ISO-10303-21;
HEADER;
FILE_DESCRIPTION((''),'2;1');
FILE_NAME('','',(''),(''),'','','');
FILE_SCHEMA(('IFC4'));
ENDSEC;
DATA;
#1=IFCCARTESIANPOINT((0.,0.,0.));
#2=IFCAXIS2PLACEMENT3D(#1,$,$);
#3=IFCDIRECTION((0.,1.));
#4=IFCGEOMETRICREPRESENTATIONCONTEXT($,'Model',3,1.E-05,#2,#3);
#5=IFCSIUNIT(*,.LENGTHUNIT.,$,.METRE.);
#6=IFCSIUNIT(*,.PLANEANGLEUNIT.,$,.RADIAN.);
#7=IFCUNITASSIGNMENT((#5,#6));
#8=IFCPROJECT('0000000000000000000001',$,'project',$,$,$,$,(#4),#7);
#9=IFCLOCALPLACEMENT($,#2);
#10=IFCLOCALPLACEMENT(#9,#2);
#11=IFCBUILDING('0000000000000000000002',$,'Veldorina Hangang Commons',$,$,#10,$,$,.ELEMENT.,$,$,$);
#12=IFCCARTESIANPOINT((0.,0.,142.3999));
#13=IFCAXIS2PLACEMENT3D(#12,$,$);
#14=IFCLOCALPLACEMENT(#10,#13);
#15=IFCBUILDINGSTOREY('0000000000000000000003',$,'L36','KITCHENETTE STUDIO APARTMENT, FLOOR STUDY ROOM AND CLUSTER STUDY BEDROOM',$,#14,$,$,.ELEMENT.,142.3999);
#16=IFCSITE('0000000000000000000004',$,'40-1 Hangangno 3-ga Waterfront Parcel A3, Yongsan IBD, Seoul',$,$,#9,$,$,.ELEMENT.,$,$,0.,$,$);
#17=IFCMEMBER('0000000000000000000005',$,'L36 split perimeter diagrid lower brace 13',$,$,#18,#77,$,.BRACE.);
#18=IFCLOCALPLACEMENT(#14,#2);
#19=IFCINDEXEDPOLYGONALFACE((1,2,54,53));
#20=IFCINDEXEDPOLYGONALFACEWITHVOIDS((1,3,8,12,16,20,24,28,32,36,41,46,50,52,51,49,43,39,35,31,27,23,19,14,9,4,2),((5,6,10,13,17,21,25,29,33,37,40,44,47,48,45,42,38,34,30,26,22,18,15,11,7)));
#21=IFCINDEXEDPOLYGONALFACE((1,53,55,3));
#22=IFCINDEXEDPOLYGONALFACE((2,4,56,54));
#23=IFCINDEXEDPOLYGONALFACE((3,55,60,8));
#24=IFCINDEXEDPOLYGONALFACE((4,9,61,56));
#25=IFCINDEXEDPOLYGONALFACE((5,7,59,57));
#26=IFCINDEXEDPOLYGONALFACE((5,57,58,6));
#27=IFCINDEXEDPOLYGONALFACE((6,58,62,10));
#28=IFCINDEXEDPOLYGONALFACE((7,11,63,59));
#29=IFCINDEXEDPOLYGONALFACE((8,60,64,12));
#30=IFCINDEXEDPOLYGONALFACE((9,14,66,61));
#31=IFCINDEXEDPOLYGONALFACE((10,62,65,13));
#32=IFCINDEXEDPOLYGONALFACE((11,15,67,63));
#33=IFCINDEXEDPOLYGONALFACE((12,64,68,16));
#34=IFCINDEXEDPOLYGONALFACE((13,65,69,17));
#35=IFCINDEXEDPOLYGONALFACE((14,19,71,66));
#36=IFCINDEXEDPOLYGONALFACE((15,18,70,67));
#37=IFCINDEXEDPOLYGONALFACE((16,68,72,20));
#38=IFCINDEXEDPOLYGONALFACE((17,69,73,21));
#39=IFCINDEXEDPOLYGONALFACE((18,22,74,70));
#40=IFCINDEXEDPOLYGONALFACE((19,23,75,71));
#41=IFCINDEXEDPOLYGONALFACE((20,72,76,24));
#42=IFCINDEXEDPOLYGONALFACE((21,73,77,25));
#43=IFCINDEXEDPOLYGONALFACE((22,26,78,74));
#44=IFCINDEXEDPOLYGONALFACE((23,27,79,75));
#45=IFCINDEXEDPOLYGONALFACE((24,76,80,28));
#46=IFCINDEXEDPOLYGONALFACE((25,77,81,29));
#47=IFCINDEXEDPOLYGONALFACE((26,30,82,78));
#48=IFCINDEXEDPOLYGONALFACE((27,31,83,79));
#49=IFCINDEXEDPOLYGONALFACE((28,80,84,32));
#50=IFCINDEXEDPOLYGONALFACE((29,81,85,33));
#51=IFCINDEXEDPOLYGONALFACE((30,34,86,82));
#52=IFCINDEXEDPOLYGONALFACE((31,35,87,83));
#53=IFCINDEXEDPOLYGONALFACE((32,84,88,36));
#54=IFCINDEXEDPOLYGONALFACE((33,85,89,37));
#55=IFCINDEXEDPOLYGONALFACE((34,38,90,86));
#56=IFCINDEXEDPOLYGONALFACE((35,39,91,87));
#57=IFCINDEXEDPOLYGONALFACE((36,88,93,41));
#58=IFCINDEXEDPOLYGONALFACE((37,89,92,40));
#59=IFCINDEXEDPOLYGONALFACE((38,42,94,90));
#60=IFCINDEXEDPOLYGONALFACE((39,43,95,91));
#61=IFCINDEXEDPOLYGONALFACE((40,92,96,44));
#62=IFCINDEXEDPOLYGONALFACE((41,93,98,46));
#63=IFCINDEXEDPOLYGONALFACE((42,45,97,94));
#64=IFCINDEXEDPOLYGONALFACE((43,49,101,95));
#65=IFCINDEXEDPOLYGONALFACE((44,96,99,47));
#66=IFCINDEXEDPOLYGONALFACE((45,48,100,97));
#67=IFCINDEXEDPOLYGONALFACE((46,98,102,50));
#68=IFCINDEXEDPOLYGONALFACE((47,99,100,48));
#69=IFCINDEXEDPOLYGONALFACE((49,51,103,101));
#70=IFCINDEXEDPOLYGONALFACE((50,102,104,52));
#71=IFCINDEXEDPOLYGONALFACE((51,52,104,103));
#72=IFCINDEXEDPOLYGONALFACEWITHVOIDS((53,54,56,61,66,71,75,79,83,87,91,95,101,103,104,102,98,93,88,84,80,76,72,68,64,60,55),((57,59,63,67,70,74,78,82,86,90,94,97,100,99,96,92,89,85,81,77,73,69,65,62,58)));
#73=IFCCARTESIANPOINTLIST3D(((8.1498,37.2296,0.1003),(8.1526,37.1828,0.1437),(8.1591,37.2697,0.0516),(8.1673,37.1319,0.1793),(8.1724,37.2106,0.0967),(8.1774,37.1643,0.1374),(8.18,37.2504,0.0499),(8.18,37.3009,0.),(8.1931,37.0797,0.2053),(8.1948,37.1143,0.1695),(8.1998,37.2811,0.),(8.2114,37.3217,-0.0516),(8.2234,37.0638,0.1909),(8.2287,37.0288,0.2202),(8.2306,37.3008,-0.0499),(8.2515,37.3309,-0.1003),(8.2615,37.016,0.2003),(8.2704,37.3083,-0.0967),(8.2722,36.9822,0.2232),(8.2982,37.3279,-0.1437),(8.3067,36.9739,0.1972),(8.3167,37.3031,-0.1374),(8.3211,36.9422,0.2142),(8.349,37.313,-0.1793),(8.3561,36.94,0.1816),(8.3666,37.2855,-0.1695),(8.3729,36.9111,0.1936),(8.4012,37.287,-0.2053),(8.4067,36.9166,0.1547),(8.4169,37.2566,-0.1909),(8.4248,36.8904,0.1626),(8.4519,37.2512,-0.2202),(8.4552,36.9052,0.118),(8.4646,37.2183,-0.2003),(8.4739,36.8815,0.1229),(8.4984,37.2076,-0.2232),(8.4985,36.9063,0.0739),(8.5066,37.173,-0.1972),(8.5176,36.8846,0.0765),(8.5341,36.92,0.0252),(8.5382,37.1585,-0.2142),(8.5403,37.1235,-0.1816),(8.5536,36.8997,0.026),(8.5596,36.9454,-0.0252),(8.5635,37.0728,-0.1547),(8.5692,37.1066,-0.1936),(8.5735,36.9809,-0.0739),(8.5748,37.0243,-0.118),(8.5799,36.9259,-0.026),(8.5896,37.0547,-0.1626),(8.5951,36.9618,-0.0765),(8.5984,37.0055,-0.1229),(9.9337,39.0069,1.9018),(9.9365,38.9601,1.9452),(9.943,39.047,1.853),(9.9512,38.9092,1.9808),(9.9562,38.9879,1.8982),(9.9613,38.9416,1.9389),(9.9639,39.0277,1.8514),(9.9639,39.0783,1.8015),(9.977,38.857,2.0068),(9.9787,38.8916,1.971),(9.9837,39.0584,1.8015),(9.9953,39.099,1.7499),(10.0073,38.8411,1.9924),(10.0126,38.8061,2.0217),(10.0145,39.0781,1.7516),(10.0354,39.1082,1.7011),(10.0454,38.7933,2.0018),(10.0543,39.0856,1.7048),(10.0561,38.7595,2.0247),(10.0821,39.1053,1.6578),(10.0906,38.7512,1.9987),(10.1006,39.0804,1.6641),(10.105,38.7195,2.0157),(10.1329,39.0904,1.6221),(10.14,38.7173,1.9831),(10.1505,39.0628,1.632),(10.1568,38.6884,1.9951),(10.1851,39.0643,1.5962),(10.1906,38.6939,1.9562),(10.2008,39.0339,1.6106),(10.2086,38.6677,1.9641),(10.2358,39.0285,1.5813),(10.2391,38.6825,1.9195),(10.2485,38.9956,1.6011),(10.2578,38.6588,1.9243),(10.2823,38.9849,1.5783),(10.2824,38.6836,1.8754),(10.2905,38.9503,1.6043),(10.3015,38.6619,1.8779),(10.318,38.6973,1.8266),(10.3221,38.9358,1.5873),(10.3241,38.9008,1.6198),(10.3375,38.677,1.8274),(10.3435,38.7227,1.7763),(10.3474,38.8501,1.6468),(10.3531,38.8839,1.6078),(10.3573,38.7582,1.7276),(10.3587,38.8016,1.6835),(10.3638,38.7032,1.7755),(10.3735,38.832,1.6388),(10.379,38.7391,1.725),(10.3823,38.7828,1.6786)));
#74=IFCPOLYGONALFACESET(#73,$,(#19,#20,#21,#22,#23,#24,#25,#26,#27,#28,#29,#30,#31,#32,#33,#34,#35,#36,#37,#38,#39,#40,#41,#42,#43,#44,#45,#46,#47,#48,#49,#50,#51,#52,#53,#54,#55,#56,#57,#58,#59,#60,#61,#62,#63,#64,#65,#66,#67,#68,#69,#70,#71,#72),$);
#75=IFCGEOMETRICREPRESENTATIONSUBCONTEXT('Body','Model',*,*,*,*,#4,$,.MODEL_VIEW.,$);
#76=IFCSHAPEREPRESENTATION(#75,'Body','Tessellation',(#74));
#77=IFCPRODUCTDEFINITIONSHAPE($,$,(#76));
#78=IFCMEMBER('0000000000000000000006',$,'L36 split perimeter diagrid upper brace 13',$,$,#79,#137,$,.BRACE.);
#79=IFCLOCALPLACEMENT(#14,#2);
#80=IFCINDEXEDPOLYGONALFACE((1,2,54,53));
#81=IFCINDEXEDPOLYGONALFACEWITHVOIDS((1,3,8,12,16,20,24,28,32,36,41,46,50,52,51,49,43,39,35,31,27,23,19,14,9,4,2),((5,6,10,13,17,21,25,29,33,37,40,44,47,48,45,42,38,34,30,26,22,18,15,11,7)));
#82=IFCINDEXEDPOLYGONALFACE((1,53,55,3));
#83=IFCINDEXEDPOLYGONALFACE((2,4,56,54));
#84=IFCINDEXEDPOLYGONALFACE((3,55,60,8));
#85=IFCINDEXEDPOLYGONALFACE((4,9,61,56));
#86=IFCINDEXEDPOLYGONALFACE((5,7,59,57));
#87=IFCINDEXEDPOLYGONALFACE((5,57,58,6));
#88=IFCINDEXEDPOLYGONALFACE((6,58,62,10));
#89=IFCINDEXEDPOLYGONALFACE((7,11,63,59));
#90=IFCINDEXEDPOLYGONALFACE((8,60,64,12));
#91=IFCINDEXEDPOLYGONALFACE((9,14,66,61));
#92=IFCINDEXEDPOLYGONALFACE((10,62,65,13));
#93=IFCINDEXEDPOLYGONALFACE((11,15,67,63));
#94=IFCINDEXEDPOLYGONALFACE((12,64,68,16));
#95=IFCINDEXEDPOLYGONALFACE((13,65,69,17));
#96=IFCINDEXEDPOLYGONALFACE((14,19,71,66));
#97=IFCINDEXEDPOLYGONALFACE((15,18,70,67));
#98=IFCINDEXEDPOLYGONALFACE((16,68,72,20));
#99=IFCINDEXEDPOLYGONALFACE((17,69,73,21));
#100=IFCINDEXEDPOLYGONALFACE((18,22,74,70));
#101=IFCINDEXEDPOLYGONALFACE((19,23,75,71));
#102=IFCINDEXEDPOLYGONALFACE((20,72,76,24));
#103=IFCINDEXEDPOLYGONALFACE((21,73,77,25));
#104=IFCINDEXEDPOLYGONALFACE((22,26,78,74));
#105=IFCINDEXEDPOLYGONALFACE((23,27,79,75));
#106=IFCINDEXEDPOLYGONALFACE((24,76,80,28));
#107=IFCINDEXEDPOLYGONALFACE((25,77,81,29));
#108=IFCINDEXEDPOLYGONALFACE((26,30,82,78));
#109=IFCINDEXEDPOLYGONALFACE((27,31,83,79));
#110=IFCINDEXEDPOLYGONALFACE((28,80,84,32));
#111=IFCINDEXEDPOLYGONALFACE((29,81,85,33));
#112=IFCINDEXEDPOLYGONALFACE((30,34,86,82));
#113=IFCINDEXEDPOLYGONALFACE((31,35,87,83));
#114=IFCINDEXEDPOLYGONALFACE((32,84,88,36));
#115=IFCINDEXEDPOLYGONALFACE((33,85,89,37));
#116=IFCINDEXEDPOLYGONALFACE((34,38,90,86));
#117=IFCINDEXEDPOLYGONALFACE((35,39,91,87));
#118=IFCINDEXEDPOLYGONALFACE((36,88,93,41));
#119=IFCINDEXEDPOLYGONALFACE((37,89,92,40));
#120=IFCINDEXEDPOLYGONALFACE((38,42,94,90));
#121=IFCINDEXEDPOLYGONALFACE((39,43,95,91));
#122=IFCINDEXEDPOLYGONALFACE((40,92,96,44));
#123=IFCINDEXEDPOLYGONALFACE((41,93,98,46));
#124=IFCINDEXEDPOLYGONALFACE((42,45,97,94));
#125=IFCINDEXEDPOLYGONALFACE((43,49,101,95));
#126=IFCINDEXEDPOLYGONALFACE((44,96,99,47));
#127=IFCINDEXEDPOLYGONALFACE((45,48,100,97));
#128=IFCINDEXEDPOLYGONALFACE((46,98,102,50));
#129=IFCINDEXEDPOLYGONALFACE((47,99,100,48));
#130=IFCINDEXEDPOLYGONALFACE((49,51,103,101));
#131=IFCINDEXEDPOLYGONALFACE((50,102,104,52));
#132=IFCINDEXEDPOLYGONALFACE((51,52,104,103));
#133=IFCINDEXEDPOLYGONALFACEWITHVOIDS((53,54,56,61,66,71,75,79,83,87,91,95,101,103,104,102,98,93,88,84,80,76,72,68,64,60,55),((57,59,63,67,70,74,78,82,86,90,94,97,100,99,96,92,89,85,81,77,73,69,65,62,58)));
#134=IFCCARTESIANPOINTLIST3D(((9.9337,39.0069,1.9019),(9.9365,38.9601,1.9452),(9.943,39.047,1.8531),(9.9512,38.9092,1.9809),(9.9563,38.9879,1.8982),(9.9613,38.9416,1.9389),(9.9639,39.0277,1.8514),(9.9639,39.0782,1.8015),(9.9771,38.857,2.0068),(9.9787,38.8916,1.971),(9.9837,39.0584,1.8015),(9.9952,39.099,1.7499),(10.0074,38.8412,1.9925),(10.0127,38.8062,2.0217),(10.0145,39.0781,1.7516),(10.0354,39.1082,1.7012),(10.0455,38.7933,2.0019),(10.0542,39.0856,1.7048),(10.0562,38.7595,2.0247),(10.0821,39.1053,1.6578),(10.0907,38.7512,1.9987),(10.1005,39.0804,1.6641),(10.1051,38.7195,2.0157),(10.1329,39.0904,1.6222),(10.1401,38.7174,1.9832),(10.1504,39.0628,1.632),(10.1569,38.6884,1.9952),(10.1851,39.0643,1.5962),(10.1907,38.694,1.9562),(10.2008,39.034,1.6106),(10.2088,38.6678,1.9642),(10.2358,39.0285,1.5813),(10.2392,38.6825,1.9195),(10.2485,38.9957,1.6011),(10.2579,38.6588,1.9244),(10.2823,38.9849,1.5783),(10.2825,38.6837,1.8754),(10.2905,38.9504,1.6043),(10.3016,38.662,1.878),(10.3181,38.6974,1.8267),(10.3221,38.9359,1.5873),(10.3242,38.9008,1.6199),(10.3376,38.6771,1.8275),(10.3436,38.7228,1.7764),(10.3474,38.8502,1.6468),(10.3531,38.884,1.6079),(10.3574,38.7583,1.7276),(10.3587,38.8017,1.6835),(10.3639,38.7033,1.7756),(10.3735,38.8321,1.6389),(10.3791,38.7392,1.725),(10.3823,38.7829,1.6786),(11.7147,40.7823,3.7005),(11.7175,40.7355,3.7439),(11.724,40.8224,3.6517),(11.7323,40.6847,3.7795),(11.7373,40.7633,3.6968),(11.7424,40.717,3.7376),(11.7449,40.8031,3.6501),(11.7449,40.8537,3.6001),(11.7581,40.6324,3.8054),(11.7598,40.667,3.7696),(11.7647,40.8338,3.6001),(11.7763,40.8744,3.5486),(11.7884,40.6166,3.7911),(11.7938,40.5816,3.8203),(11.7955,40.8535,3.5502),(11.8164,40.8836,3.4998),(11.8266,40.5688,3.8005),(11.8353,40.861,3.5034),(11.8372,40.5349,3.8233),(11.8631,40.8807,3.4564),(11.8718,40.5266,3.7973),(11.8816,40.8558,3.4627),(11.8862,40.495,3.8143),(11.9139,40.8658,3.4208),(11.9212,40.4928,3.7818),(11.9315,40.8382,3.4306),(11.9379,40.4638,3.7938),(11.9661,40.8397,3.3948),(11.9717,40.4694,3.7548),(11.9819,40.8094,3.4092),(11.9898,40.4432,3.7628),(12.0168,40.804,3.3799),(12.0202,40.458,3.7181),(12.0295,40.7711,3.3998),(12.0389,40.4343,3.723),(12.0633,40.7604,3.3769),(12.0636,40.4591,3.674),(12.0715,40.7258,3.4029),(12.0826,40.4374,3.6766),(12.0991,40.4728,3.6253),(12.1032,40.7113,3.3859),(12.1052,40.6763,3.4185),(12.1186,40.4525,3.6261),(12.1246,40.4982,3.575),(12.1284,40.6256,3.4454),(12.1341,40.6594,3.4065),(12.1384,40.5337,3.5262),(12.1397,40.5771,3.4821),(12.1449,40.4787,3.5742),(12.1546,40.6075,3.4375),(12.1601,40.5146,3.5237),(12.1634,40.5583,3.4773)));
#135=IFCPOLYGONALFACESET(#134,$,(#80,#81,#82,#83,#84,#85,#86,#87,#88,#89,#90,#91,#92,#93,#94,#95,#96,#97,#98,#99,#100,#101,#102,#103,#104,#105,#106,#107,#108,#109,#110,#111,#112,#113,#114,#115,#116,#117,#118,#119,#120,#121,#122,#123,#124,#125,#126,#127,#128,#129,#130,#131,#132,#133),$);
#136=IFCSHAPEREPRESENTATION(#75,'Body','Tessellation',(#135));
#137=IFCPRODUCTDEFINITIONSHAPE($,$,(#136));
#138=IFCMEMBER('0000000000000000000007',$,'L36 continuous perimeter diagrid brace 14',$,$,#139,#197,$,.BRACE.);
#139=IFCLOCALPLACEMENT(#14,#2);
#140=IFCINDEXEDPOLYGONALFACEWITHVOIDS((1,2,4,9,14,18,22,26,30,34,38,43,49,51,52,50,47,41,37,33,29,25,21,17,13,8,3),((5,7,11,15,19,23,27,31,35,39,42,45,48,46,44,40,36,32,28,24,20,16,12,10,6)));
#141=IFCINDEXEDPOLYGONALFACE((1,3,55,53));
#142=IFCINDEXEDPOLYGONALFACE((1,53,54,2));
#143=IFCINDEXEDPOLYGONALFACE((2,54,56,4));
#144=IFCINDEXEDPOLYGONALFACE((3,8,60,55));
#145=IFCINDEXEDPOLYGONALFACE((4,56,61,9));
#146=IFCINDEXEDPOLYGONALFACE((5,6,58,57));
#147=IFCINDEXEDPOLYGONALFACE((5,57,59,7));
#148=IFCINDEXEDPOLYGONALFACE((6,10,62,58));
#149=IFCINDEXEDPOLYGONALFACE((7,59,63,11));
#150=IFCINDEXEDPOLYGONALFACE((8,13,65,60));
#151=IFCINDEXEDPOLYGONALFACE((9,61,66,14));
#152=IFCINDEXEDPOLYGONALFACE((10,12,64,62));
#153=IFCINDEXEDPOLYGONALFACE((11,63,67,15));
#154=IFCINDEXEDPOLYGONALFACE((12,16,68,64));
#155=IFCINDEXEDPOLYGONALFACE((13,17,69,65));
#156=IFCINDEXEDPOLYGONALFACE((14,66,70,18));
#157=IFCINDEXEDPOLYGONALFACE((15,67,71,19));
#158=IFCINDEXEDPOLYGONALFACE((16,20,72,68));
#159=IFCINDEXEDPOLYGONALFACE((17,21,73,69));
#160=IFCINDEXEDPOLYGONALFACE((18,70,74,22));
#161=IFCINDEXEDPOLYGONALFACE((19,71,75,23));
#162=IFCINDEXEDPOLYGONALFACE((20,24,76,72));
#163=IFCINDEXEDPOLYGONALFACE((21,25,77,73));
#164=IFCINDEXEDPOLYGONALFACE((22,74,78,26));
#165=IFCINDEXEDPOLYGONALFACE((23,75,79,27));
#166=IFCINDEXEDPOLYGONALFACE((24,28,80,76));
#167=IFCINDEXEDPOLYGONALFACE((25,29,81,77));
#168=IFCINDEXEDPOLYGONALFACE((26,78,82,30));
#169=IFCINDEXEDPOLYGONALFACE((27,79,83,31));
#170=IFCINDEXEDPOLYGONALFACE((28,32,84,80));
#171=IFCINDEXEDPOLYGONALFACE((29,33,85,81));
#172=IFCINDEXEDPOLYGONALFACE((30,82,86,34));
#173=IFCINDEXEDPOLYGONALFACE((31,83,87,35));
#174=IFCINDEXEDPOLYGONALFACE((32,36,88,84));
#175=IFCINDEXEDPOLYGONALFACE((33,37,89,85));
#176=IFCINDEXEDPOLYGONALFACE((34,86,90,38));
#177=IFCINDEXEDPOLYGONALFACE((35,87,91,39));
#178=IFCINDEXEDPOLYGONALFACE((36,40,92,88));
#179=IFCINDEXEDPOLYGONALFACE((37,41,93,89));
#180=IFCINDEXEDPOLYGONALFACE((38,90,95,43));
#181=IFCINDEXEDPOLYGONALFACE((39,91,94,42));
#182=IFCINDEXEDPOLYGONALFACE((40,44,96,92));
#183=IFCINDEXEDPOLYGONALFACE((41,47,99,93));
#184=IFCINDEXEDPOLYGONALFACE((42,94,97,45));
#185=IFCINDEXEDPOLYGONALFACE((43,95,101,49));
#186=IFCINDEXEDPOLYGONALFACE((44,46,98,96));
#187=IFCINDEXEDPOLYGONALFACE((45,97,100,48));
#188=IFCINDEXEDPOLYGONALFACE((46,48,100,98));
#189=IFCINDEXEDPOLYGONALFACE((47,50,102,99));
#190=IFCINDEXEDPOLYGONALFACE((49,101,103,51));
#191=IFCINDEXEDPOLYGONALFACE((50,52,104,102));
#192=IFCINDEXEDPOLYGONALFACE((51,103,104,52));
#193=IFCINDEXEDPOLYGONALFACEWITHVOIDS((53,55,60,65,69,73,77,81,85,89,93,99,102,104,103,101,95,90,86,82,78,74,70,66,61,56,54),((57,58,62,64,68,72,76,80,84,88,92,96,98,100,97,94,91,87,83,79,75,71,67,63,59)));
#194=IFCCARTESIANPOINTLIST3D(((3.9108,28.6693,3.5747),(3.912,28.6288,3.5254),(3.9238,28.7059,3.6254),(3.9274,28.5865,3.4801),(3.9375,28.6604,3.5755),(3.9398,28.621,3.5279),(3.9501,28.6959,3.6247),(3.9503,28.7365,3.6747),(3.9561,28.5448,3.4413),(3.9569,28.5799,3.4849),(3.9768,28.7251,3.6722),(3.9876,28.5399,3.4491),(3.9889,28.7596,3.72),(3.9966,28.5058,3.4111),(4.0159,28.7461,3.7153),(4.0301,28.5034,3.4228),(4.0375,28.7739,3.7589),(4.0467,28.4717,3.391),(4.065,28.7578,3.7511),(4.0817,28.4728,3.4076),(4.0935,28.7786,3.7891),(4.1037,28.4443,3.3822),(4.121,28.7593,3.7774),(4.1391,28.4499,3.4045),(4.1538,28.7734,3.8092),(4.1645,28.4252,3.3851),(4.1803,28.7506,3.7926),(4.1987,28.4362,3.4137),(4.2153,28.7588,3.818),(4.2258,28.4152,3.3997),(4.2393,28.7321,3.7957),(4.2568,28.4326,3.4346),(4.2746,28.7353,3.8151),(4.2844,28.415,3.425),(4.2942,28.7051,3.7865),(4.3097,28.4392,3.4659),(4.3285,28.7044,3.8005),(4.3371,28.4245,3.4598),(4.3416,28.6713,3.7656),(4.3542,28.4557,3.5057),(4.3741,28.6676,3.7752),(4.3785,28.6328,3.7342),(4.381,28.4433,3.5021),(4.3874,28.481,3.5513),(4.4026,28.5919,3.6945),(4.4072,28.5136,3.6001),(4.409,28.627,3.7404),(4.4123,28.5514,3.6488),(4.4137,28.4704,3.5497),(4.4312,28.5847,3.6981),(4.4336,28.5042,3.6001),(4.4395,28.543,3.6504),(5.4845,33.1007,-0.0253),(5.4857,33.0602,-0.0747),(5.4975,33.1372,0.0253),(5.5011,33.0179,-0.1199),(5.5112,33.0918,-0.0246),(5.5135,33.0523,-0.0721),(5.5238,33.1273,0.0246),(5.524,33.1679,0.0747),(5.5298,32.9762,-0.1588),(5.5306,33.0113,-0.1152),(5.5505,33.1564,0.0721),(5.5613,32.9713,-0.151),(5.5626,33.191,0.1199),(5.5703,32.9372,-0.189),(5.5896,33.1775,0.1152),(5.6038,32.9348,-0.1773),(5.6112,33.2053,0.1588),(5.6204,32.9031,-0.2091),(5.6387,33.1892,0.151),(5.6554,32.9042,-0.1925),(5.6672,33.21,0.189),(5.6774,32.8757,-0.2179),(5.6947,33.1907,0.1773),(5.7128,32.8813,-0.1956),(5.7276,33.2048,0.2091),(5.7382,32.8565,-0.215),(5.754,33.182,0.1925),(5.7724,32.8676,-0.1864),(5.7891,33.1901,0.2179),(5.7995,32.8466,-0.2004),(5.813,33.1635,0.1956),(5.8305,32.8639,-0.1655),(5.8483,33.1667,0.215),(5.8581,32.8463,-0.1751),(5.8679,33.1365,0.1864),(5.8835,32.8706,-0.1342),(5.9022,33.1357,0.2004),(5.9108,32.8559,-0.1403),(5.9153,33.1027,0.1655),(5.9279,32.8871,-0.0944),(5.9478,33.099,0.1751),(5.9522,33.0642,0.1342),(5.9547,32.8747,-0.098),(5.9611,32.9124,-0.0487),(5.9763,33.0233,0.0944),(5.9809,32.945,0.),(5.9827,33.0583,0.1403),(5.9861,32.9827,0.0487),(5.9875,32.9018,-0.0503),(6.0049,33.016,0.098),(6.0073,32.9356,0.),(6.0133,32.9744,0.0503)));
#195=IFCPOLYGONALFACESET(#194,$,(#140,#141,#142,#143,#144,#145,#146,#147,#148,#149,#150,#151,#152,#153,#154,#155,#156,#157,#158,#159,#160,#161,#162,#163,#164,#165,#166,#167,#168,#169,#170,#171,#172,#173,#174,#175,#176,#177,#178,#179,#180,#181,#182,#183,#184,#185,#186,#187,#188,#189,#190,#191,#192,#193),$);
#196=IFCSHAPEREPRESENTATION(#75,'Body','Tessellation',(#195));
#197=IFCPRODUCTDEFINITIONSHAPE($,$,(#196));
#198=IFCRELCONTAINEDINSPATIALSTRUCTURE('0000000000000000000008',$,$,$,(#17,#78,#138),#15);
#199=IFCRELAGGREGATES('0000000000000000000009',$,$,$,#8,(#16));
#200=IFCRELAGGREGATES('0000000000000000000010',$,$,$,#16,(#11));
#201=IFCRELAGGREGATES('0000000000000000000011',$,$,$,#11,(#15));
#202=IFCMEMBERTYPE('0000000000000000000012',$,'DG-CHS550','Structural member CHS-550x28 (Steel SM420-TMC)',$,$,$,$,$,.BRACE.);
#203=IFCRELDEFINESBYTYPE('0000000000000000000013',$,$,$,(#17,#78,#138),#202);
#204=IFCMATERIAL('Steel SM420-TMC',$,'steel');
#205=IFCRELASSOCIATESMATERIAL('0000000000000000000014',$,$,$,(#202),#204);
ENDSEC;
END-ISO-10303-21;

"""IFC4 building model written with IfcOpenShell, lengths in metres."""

from ifc_helpers import new_model, si_unit, direction, frame, origin, origin_2d, place, context, subcontext, project, spatial, hollow_circle, extrude, material, material_profile, profile_set, type_object, element, save


model = new_model("IFC4")

# Units and contexts
model_context = context("Model", 3, precision=1e-05, world=origin(), true_north=direction((0.0, 1.0)))
body_context = subcontext(model_context, "Body", "Model", "MODEL_VIEW")
ifc_project = project(units=[si_unit("LENGTHUNIT", "METRE"), si_unit("PLANEANGLEUNIT", "RADIAN")], contexts=[model_context])

# Site, building, storey
site_placement = place(None, origin())
site = spatial("IfcSite", under=ifc_project, at=site_placement, Name="40-1 Hangangno 3-ga Waterfront Parcel A3, Yongsan IBD, Seoul", CompositionType="ELEMENT", RefElevation=0.0)
building_placement = place(site_placement, origin())
building = spatial("IfcBuilding", under=site, at=building_placement, Name="Veldorina Hangang Commons", CompositionType="ELEMENT")
storey_placement = place(building_placement, frame((0.0, 0.0, 142.3999)))
storey = spatial("IfcBuildingStorey", under=building, at=storey_placement, Name="L36", Description="KITCHENETTE STUDIO APARTMENT, FLOOR STUDY ROOM AND CLUSTER STUDY BEDROOM", CompositionType="ELEMENT", Elevation=142.3999)

# Shared definitions
ifc_material_1 = material(Name="Steel SM420-TMC", Category="steel")

# Members
ifc_material_profile_1 = material_profile(ifc_material_1, hollow_circle(Radius=0.2749, WallThickness=0.0281, at=origin_2d()), Name="CHS-550x28")
ifc_profile_set_1 = profile_set([ifc_material_profile_1], Name="Steel SM420-TMC")
member_type = type_object("IfcMemberType", Name="DG-CHS550", Description="Structural member CHS-550x28 (Steel SM420-TMC)", PredefinedType="BRACE", material=ifc_profile_set_1)
member_1_placement = place(storey_placement, frame((8.374, 37.1062, 0.0), z_axis=(0.576158, 0.574029, 0.581835), x_axis=(-0.705797, 0.708414, 0.0)))
element("IfcMember", 1, at=member_1_placement, inside=storey, type_object=member_type, Name="L36 split perimeter diagrid lower brace 13", PredefinedType="BRACE", context=body_context, shape_type="SweptSolid", body=[
    extrude(hollow_circle(Radius=0.2749, WallThickness=0.0281, at=origin_2d()), origin(), (0.0, 0.0, 1.0), 3.0962),
])
member_2_placement = place(storey_placement, frame((10.158, 38.8835, 1.8015), z_axis=(0.576052, 0.574235, 0.581737), x_axis=(-0.705989, 0.708222, 0.0)))
element("IfcMember", 2, at=member_2_placement, inside=storey, type_object=member_type, Name="L36 split perimeter diagrid upper brace 13", PredefinedType="BRACE", context=body_context, shape_type="SweptSolid", body=[
    extrude(hollow_circle(Radius=0.2749, WallThickness=0.0281, at=origin_2d()), origin(), (0.0, 0.0, 1.0), 3.0918),
])
member_3_placement = place(storey_placement, frame((5.7483, 33.0276, 0.0), z_axis=(-0.265726, -0.748246, 0.60788), x_axis=(0.942341, -0.334655, 0.0)))
element("IfcMember", 3, at=member_3_placement, inside=storey, type_object=member_type, Name="L36 continuous perimeter diagrid brace 14", PredefinedType="BRACE", context=body_context, shape_type="SweptSolid", body=[
    extrude(hollow_circle(Radius=0.2749, WallThickness=0.0281, at=origin_2d()), origin(), (0.0, 0.0, 1.0), 5.9224),
])

save(model, "model.ifc")
